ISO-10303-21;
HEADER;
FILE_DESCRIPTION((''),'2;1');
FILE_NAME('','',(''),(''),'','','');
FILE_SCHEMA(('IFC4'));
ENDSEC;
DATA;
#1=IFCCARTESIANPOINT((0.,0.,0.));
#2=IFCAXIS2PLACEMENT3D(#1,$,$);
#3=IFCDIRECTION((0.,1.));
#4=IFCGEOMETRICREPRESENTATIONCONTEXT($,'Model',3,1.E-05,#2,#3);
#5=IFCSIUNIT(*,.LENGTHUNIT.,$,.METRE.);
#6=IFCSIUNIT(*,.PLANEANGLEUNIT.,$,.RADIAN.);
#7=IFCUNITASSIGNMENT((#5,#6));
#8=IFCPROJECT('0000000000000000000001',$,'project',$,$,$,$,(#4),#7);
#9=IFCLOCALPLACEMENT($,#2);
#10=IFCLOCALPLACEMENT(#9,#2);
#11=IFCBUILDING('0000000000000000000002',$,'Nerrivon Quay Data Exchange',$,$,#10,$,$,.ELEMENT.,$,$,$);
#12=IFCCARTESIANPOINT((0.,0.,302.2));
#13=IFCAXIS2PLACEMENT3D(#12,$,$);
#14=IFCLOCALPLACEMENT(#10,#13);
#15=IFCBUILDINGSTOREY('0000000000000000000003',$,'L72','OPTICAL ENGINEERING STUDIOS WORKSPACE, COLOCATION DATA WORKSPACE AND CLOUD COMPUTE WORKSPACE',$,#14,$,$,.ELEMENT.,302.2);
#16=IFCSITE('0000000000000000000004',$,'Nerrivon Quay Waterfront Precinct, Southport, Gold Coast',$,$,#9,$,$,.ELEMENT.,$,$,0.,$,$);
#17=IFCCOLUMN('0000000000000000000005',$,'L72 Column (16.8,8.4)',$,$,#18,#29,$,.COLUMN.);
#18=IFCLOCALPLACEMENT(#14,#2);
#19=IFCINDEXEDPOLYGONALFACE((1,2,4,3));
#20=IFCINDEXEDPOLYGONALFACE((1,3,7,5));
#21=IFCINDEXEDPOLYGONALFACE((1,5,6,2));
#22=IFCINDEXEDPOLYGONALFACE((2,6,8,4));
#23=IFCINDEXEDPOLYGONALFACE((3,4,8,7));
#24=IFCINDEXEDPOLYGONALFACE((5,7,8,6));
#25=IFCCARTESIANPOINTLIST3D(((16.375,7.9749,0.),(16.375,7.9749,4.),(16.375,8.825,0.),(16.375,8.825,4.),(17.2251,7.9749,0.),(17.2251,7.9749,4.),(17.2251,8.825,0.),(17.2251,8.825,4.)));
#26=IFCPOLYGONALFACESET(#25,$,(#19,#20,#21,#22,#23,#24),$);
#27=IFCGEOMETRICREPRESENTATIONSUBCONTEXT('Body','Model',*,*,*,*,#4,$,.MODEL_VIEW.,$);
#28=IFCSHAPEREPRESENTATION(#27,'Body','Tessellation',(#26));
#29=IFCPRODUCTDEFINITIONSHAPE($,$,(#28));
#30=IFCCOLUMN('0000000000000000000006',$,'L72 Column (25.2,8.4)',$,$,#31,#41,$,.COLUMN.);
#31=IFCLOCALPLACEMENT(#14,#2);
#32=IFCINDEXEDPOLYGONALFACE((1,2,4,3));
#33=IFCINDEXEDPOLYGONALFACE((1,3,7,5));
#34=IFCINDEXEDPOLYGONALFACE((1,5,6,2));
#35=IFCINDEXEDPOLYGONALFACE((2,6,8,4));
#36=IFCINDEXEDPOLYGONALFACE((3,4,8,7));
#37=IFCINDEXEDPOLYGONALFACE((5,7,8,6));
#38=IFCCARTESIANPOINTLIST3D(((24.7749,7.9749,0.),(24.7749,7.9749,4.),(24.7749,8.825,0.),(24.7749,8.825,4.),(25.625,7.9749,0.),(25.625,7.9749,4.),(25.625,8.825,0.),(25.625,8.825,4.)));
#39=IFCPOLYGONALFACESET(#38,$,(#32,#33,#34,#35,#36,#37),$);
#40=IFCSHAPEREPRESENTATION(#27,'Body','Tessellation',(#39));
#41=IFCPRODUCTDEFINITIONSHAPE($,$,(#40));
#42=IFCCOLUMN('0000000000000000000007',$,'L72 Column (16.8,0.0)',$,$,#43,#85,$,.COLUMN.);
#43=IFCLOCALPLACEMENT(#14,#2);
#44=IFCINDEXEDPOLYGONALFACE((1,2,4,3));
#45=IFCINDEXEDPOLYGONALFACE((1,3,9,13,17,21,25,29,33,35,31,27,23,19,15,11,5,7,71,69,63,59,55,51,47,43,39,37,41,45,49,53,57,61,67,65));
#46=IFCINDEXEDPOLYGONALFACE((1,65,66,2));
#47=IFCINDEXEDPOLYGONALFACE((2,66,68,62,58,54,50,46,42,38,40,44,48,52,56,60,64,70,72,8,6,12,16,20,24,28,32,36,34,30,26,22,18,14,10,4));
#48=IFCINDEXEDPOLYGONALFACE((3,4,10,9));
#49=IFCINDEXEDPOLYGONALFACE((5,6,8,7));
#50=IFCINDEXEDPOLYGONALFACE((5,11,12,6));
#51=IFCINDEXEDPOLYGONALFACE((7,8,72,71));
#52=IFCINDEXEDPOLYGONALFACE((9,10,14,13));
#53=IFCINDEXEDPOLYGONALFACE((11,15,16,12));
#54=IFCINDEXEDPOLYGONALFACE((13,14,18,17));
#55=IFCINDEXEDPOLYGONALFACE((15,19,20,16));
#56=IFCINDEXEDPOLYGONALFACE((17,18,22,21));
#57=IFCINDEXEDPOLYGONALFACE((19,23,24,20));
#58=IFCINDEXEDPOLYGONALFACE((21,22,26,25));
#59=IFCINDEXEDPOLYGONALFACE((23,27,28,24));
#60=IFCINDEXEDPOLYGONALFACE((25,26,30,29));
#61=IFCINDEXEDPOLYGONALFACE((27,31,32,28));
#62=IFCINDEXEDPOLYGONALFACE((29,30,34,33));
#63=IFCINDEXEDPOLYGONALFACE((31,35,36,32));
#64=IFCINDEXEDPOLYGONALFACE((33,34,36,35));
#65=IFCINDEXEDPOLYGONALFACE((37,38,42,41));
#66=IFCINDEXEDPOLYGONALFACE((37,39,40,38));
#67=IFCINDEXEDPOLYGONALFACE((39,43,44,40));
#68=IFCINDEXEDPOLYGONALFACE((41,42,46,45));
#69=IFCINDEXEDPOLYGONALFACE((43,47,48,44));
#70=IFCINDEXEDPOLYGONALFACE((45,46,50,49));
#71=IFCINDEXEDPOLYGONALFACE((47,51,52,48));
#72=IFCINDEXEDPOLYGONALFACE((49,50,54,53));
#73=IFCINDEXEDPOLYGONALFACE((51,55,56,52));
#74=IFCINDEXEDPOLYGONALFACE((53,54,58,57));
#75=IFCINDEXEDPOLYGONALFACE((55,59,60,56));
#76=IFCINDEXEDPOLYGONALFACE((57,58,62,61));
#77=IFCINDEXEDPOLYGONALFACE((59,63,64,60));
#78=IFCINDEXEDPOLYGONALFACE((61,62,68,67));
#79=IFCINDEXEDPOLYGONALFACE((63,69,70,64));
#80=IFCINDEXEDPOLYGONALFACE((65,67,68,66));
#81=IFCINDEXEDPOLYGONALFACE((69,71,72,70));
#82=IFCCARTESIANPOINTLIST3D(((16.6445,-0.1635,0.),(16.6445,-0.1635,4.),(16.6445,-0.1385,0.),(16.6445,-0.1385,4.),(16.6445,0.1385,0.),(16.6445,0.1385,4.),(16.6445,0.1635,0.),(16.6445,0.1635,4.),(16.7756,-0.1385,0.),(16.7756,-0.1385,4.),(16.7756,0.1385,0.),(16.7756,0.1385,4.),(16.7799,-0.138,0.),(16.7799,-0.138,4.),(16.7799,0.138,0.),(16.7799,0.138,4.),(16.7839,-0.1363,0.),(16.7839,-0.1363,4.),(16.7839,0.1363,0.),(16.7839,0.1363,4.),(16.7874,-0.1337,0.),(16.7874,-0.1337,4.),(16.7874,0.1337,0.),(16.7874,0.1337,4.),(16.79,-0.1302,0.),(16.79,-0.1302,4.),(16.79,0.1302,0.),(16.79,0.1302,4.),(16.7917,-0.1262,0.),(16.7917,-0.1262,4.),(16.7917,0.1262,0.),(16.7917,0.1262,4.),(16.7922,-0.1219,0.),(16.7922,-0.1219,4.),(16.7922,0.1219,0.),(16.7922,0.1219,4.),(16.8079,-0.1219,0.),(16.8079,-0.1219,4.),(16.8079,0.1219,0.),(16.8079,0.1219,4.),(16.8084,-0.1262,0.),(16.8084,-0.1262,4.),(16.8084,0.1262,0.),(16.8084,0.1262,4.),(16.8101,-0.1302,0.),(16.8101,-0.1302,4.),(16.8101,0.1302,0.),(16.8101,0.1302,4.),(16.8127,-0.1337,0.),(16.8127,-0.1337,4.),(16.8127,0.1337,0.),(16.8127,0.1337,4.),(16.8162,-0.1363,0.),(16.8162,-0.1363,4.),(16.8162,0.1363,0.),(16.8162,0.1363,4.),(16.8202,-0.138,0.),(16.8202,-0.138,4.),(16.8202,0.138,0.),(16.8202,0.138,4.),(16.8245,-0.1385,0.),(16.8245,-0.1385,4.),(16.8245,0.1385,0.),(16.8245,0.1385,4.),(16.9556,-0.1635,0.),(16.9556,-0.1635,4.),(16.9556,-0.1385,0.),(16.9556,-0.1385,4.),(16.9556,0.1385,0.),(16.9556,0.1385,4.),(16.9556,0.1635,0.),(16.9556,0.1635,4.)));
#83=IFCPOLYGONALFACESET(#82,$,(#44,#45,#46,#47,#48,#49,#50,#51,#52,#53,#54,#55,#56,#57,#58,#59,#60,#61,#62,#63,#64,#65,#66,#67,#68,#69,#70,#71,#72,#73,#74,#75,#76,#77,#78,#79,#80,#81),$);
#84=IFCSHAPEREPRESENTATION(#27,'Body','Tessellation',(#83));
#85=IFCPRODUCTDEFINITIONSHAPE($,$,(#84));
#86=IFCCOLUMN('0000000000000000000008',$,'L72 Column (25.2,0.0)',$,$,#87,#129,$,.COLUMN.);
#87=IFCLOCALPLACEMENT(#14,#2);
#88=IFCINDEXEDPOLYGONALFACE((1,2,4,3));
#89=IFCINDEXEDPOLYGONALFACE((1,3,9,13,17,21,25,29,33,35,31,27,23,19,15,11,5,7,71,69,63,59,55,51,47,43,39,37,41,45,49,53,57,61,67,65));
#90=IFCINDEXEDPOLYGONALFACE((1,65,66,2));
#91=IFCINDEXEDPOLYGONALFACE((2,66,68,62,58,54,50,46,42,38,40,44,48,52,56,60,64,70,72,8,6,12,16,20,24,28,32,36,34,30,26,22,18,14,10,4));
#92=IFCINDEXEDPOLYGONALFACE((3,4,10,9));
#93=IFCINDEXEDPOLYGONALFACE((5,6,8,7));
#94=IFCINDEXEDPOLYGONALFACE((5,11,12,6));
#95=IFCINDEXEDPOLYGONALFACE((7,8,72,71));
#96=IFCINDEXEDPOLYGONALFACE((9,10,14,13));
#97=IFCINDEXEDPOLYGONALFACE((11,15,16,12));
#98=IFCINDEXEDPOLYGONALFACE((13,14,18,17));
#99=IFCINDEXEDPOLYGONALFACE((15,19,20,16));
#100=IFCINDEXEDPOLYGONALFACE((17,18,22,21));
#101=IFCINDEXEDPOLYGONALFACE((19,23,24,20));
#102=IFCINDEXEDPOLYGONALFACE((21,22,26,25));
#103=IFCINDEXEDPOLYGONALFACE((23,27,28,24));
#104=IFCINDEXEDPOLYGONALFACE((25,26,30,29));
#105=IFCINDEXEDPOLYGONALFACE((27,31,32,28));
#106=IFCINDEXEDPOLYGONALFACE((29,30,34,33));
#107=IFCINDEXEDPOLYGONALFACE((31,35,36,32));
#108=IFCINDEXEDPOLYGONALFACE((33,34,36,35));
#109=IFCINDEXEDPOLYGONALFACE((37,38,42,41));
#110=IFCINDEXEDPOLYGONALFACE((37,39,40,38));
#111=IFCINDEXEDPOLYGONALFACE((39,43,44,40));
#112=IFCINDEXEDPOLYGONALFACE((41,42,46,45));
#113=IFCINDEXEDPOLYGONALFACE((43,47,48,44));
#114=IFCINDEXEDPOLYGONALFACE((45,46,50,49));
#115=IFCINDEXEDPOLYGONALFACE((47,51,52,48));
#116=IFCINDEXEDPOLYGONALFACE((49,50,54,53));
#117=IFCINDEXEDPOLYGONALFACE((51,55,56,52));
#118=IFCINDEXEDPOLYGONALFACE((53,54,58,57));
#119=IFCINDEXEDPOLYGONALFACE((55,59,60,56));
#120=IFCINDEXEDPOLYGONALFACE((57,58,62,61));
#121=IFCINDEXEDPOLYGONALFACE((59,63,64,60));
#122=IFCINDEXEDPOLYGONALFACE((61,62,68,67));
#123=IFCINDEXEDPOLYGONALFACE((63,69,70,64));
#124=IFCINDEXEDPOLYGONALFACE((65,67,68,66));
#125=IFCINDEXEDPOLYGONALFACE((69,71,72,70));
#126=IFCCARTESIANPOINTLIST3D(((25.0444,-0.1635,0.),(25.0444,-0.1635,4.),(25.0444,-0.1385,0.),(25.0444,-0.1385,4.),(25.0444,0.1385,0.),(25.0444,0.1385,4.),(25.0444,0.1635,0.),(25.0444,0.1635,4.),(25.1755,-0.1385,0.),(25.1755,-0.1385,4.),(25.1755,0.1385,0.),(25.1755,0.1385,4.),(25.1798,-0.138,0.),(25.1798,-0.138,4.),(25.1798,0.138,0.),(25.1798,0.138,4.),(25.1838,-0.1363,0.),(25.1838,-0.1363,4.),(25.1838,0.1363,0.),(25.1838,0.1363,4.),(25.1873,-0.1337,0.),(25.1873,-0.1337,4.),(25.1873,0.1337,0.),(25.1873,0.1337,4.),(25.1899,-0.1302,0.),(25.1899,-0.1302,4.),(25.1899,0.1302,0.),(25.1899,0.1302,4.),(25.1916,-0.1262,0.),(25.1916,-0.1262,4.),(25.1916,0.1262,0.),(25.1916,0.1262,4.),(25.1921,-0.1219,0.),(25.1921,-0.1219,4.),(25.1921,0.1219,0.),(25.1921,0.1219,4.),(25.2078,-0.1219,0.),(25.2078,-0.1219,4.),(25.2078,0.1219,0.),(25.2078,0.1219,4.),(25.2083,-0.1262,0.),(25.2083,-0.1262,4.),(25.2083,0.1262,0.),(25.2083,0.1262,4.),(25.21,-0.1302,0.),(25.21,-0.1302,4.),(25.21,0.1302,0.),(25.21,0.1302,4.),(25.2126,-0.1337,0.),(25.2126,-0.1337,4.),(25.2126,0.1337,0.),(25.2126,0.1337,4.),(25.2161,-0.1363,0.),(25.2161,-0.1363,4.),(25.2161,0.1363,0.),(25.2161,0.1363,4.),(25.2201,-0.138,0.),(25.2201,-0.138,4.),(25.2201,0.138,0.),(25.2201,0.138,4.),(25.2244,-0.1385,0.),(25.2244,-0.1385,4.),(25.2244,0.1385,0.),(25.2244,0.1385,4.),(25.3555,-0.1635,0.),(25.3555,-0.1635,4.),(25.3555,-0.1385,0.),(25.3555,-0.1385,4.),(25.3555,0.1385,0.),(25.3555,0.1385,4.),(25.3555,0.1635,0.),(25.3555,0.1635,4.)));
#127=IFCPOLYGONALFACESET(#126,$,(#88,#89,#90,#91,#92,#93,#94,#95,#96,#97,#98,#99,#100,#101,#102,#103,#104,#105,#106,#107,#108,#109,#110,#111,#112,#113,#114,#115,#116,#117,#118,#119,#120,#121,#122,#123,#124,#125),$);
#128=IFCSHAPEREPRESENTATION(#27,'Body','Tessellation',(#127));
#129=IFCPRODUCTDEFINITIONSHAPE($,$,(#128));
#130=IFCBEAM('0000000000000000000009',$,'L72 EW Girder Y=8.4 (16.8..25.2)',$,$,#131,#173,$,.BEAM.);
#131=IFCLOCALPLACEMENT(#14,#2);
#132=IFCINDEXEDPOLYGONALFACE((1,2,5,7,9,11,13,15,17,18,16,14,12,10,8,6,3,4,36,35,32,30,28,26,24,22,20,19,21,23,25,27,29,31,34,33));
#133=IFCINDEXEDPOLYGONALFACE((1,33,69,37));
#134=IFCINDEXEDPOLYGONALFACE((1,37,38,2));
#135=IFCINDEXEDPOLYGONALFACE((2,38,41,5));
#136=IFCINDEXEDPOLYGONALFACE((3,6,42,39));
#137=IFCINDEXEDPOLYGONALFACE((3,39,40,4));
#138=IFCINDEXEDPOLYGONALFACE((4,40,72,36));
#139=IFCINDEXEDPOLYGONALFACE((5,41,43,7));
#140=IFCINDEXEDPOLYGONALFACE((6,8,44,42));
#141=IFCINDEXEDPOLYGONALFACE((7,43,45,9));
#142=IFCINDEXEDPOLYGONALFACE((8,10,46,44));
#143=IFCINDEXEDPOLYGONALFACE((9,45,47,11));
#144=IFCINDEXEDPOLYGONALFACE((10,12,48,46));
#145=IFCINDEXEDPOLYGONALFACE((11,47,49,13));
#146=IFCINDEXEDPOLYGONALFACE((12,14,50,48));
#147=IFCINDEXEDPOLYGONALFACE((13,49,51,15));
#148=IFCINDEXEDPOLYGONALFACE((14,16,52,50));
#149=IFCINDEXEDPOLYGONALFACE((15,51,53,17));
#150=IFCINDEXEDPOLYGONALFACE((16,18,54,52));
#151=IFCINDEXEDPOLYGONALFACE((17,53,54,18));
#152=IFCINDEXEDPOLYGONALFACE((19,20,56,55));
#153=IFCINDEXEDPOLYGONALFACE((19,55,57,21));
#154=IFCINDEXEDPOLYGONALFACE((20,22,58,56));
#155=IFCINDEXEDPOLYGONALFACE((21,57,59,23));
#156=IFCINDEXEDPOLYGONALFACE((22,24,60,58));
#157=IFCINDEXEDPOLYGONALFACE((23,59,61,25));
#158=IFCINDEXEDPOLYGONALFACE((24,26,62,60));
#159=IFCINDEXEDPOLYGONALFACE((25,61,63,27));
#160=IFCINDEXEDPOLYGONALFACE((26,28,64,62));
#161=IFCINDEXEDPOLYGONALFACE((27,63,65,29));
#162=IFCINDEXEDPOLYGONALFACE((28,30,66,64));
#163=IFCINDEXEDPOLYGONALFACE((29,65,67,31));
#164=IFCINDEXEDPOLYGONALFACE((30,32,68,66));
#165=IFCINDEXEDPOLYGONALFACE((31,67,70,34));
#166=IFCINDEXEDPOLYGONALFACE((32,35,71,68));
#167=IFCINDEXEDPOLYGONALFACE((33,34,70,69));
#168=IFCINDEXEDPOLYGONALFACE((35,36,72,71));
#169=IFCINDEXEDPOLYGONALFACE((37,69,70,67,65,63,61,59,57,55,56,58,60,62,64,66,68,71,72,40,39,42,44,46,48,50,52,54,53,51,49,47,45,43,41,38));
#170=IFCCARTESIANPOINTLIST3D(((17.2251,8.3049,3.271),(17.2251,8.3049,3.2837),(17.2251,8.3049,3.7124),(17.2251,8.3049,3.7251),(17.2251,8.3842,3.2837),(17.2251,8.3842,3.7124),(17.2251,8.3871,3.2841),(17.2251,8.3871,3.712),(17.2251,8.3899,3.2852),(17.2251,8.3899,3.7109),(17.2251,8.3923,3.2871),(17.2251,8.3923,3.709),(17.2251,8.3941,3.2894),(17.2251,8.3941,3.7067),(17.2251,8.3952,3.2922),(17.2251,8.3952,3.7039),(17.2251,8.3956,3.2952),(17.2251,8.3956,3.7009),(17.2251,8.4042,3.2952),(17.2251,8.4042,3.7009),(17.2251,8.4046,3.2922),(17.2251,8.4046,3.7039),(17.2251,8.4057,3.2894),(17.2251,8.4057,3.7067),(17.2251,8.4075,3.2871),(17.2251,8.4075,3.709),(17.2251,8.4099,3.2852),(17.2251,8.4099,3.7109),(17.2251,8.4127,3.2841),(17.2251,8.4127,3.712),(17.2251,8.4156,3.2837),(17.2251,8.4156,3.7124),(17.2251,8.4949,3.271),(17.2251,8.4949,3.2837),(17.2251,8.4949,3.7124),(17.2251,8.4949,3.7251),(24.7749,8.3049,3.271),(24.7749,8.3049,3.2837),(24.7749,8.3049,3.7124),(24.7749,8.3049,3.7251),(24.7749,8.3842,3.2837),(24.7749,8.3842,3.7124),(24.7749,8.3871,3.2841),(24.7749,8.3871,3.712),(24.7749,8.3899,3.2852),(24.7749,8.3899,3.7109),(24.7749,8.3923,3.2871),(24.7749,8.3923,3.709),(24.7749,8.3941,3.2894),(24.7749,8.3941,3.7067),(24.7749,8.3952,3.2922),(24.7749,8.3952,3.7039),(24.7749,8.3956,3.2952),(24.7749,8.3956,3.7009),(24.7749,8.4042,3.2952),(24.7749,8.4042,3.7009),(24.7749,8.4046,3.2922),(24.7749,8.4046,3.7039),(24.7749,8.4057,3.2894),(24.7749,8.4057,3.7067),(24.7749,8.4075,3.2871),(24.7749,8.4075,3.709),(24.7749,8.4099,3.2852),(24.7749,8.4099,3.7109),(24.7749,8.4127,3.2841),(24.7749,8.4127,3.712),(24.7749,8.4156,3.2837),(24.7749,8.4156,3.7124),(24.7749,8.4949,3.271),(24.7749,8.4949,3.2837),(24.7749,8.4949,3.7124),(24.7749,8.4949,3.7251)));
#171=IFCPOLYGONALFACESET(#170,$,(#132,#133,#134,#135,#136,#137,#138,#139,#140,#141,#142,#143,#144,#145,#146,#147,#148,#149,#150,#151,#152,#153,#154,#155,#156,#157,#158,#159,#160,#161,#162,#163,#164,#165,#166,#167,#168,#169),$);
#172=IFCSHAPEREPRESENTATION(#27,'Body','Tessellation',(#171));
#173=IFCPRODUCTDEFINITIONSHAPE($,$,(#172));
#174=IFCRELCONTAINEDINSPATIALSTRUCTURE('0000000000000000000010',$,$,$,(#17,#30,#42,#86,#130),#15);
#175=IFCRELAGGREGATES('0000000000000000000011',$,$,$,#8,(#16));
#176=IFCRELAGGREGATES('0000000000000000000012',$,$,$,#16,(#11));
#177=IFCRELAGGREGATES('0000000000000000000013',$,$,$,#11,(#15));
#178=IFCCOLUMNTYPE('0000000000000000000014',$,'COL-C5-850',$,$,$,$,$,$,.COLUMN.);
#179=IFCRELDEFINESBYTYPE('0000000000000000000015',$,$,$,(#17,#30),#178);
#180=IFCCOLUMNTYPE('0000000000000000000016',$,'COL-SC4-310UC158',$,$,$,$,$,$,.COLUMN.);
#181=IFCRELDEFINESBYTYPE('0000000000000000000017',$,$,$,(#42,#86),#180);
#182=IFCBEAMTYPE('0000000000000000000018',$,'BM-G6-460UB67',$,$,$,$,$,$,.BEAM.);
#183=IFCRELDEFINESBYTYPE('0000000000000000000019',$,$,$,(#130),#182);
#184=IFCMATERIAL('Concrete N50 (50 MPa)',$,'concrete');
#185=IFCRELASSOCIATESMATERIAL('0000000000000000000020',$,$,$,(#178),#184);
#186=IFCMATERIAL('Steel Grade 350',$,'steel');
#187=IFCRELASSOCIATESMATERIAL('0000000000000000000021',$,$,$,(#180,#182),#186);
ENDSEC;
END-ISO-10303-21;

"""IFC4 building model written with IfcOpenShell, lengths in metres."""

from ifc_helpers import new_model, si_unit, direction, frame, origin, origin_2d, place, context, subcontext, project, spatial, rectangle, i_section, extrude, material, material_profile, profile_set, type_object, element, save


model = new_model("IFC4")

# Units and contexts
model_context = context("Model", 3, precision=1e-05, world=origin(), true_north=direction((0.0, 1.0)))
body_context = subcontext(model_context, "Body", "Model", "MODEL_VIEW")
ifc_project = project(units=[si_unit("LENGTHUNIT", "METRE"), si_unit("PLANEANGLEUNIT", "RADIAN")], contexts=[model_context])

# Site, building, storey
site_placement = place(None, origin())
site = spatial("IfcSite", under=ifc_project, at=site_placement, Name="Nerrivon Quay Waterfront Precinct, Southport, Gold Coast", CompositionType="ELEMENT", RefElevation=0.0)
building_placement = place(site_placement, origin())
building = spatial("IfcBuilding", under=site, at=building_placement, Name="Nerrivon Quay Data Exchange", CompositionType="ELEMENT")
storey_placement = place(building_placement, frame((0.0, 0.0, 302.2)))
storey = spatial("IfcBuildingStorey", under=building, at=storey_placement, Name="L72", Description="OPTICAL ENGINEERING STUDIOS WORKSPACE, COLOCATION DATA WORKSPACE AND CLOUD COMPUTE WORKSPACE", CompositionType="ELEMENT", Elevation=302.2)

# Columns
ifc_material_1 = material(Name="Concrete N50 (50 MPa)", Category="concrete")
ifc_material_profile_1 = material_profile(ifc_material_1, rectangle(XDim=0.8501, YDim=0.8501, at=origin_2d()), Name="RC-COL-850x850")
ifc_profile_set_1 = profile_set([ifc_material_profile_1], Name="Concrete N50 (50 MPa)")
column_type_1 = type_object("IfcColumnType", Name="COL-C5-850", PredefinedType="COLUMN", material=ifc_profile_set_1)
for number, where, z_axis, x_axis, name in (
    (1, (16.8, 8.3999, 0.0), (0.0, 0.0, 1.0), (1.0, 0.0, 0.0), "L72 Column (16.8,8.4)"),
    (2, (25.2, 8.3999, 0.0), (0.0, 0.0, 1.0), (1.0, 0.0, 0.0), "L72 Column (25.2,8.4)"),
):
    element("IfcColumn", number, at=place(storey_placement, frame(where, z_axis=z_axis, x_axis=x_axis)), inside=storey, type_object=column_type_1, Name=name, PredefinedType="COLUMN", context=body_context, shape_type="SweptSolid", body=[
        extrude(rectangle(XDim=0.8501, YDim=0.8501, at=origin_2d()), origin(), (0.0, 0.0, 1.0), 4.0),
    ])
ifc_material_2 = material(Name="Steel Grade 350", Category="steel")
ifc_material_profile_2 = material_profile(ifc_material_2, i_section(OverallWidth=0.311, OverallDepth=0.3269, WebThickness=0.0156, FlangeThickness=0.0249, FilletRadius=0.0166, at=origin_2d()), Name="310UC158")
ifc_profile_set_2 = profile_set([ifc_material_profile_2], Name="Steel Grade 350")
column_type_2 = type_object("IfcColumnType", Name="COL-SC4-310UC158", PredefinedType="COLUMN", material=ifc_profile_set_2)
for number, where, z_axis, x_axis, name in (
    (3, (16.8, 0.0, 0.0), (0.0, 0.0, 1.0), (1.0, 0.0, 0.0), "L72 Column (16.8,0.0)"),
    (4, (25.2, 0.0, 0.0), (0.0, 0.0, 1.0), (1.0, 0.0, 0.0), "L72 Column (25.2,0.0)"),
):
    element("IfcColumn", number, at=place(storey_placement, frame(where, z_axis=z_axis, x_axis=x_axis)), inside=storey, type_object=column_type_2, Name=name, PredefinedType="COLUMN", context=body_context, shape_type="SweptSolid", body=[
        extrude(i_section(OverallWidth=0.311, OverallDepth=0.3269, WebThickness=0.0156, FlangeThickness=0.0249, FilletRadius=0.0166, at=origin_2d()), origin(), (0.0, 0.0, 1.0), 4.0),
    ])

# Beam
ifc_material_profile_3 = material_profile(ifc_material_2, i_section(OverallWidth=0.1899, OverallDepth=0.4541, WebThickness=0.0085, FlangeThickness=0.0127, FilletRadius=0.0115, at=origin_2d()), Name="460UB67.1")
ifc_profile_set_3 = profile_set([ifc_material_profile_3], Name="Steel Grade 350")
beam_type_1 = type_object("IfcBeamType", Name="BM-G6-460UB67", PredefinedType="BEAM", material=ifc_profile_set_3)
beam_1_placement = place(storey_placement, frame((17.2251, 8.3999, 3.498), z_axis=(1.0, 0.0, 0.0), x_axis=(0.0, 1.0, 0.0)))
element("IfcBeam", 5, at=beam_1_placement, inside=storey, type_object=beam_type_1, Name="L72 EW Girder Y=8.4 (16.8..25.2)", PredefinedType="BEAM", context=body_context, shape_type="SweptSolid", body=[
    extrude(i_section(OverallWidth=0.1899, OverallDepth=0.4541, WebThickness=0.0085, FlangeThickness=0.0127, FilletRadius=0.0115, at=origin_2d()), origin(), (0.0, 0.0, 1.0), 7.5498),
])

save(model, "model.ifc")
